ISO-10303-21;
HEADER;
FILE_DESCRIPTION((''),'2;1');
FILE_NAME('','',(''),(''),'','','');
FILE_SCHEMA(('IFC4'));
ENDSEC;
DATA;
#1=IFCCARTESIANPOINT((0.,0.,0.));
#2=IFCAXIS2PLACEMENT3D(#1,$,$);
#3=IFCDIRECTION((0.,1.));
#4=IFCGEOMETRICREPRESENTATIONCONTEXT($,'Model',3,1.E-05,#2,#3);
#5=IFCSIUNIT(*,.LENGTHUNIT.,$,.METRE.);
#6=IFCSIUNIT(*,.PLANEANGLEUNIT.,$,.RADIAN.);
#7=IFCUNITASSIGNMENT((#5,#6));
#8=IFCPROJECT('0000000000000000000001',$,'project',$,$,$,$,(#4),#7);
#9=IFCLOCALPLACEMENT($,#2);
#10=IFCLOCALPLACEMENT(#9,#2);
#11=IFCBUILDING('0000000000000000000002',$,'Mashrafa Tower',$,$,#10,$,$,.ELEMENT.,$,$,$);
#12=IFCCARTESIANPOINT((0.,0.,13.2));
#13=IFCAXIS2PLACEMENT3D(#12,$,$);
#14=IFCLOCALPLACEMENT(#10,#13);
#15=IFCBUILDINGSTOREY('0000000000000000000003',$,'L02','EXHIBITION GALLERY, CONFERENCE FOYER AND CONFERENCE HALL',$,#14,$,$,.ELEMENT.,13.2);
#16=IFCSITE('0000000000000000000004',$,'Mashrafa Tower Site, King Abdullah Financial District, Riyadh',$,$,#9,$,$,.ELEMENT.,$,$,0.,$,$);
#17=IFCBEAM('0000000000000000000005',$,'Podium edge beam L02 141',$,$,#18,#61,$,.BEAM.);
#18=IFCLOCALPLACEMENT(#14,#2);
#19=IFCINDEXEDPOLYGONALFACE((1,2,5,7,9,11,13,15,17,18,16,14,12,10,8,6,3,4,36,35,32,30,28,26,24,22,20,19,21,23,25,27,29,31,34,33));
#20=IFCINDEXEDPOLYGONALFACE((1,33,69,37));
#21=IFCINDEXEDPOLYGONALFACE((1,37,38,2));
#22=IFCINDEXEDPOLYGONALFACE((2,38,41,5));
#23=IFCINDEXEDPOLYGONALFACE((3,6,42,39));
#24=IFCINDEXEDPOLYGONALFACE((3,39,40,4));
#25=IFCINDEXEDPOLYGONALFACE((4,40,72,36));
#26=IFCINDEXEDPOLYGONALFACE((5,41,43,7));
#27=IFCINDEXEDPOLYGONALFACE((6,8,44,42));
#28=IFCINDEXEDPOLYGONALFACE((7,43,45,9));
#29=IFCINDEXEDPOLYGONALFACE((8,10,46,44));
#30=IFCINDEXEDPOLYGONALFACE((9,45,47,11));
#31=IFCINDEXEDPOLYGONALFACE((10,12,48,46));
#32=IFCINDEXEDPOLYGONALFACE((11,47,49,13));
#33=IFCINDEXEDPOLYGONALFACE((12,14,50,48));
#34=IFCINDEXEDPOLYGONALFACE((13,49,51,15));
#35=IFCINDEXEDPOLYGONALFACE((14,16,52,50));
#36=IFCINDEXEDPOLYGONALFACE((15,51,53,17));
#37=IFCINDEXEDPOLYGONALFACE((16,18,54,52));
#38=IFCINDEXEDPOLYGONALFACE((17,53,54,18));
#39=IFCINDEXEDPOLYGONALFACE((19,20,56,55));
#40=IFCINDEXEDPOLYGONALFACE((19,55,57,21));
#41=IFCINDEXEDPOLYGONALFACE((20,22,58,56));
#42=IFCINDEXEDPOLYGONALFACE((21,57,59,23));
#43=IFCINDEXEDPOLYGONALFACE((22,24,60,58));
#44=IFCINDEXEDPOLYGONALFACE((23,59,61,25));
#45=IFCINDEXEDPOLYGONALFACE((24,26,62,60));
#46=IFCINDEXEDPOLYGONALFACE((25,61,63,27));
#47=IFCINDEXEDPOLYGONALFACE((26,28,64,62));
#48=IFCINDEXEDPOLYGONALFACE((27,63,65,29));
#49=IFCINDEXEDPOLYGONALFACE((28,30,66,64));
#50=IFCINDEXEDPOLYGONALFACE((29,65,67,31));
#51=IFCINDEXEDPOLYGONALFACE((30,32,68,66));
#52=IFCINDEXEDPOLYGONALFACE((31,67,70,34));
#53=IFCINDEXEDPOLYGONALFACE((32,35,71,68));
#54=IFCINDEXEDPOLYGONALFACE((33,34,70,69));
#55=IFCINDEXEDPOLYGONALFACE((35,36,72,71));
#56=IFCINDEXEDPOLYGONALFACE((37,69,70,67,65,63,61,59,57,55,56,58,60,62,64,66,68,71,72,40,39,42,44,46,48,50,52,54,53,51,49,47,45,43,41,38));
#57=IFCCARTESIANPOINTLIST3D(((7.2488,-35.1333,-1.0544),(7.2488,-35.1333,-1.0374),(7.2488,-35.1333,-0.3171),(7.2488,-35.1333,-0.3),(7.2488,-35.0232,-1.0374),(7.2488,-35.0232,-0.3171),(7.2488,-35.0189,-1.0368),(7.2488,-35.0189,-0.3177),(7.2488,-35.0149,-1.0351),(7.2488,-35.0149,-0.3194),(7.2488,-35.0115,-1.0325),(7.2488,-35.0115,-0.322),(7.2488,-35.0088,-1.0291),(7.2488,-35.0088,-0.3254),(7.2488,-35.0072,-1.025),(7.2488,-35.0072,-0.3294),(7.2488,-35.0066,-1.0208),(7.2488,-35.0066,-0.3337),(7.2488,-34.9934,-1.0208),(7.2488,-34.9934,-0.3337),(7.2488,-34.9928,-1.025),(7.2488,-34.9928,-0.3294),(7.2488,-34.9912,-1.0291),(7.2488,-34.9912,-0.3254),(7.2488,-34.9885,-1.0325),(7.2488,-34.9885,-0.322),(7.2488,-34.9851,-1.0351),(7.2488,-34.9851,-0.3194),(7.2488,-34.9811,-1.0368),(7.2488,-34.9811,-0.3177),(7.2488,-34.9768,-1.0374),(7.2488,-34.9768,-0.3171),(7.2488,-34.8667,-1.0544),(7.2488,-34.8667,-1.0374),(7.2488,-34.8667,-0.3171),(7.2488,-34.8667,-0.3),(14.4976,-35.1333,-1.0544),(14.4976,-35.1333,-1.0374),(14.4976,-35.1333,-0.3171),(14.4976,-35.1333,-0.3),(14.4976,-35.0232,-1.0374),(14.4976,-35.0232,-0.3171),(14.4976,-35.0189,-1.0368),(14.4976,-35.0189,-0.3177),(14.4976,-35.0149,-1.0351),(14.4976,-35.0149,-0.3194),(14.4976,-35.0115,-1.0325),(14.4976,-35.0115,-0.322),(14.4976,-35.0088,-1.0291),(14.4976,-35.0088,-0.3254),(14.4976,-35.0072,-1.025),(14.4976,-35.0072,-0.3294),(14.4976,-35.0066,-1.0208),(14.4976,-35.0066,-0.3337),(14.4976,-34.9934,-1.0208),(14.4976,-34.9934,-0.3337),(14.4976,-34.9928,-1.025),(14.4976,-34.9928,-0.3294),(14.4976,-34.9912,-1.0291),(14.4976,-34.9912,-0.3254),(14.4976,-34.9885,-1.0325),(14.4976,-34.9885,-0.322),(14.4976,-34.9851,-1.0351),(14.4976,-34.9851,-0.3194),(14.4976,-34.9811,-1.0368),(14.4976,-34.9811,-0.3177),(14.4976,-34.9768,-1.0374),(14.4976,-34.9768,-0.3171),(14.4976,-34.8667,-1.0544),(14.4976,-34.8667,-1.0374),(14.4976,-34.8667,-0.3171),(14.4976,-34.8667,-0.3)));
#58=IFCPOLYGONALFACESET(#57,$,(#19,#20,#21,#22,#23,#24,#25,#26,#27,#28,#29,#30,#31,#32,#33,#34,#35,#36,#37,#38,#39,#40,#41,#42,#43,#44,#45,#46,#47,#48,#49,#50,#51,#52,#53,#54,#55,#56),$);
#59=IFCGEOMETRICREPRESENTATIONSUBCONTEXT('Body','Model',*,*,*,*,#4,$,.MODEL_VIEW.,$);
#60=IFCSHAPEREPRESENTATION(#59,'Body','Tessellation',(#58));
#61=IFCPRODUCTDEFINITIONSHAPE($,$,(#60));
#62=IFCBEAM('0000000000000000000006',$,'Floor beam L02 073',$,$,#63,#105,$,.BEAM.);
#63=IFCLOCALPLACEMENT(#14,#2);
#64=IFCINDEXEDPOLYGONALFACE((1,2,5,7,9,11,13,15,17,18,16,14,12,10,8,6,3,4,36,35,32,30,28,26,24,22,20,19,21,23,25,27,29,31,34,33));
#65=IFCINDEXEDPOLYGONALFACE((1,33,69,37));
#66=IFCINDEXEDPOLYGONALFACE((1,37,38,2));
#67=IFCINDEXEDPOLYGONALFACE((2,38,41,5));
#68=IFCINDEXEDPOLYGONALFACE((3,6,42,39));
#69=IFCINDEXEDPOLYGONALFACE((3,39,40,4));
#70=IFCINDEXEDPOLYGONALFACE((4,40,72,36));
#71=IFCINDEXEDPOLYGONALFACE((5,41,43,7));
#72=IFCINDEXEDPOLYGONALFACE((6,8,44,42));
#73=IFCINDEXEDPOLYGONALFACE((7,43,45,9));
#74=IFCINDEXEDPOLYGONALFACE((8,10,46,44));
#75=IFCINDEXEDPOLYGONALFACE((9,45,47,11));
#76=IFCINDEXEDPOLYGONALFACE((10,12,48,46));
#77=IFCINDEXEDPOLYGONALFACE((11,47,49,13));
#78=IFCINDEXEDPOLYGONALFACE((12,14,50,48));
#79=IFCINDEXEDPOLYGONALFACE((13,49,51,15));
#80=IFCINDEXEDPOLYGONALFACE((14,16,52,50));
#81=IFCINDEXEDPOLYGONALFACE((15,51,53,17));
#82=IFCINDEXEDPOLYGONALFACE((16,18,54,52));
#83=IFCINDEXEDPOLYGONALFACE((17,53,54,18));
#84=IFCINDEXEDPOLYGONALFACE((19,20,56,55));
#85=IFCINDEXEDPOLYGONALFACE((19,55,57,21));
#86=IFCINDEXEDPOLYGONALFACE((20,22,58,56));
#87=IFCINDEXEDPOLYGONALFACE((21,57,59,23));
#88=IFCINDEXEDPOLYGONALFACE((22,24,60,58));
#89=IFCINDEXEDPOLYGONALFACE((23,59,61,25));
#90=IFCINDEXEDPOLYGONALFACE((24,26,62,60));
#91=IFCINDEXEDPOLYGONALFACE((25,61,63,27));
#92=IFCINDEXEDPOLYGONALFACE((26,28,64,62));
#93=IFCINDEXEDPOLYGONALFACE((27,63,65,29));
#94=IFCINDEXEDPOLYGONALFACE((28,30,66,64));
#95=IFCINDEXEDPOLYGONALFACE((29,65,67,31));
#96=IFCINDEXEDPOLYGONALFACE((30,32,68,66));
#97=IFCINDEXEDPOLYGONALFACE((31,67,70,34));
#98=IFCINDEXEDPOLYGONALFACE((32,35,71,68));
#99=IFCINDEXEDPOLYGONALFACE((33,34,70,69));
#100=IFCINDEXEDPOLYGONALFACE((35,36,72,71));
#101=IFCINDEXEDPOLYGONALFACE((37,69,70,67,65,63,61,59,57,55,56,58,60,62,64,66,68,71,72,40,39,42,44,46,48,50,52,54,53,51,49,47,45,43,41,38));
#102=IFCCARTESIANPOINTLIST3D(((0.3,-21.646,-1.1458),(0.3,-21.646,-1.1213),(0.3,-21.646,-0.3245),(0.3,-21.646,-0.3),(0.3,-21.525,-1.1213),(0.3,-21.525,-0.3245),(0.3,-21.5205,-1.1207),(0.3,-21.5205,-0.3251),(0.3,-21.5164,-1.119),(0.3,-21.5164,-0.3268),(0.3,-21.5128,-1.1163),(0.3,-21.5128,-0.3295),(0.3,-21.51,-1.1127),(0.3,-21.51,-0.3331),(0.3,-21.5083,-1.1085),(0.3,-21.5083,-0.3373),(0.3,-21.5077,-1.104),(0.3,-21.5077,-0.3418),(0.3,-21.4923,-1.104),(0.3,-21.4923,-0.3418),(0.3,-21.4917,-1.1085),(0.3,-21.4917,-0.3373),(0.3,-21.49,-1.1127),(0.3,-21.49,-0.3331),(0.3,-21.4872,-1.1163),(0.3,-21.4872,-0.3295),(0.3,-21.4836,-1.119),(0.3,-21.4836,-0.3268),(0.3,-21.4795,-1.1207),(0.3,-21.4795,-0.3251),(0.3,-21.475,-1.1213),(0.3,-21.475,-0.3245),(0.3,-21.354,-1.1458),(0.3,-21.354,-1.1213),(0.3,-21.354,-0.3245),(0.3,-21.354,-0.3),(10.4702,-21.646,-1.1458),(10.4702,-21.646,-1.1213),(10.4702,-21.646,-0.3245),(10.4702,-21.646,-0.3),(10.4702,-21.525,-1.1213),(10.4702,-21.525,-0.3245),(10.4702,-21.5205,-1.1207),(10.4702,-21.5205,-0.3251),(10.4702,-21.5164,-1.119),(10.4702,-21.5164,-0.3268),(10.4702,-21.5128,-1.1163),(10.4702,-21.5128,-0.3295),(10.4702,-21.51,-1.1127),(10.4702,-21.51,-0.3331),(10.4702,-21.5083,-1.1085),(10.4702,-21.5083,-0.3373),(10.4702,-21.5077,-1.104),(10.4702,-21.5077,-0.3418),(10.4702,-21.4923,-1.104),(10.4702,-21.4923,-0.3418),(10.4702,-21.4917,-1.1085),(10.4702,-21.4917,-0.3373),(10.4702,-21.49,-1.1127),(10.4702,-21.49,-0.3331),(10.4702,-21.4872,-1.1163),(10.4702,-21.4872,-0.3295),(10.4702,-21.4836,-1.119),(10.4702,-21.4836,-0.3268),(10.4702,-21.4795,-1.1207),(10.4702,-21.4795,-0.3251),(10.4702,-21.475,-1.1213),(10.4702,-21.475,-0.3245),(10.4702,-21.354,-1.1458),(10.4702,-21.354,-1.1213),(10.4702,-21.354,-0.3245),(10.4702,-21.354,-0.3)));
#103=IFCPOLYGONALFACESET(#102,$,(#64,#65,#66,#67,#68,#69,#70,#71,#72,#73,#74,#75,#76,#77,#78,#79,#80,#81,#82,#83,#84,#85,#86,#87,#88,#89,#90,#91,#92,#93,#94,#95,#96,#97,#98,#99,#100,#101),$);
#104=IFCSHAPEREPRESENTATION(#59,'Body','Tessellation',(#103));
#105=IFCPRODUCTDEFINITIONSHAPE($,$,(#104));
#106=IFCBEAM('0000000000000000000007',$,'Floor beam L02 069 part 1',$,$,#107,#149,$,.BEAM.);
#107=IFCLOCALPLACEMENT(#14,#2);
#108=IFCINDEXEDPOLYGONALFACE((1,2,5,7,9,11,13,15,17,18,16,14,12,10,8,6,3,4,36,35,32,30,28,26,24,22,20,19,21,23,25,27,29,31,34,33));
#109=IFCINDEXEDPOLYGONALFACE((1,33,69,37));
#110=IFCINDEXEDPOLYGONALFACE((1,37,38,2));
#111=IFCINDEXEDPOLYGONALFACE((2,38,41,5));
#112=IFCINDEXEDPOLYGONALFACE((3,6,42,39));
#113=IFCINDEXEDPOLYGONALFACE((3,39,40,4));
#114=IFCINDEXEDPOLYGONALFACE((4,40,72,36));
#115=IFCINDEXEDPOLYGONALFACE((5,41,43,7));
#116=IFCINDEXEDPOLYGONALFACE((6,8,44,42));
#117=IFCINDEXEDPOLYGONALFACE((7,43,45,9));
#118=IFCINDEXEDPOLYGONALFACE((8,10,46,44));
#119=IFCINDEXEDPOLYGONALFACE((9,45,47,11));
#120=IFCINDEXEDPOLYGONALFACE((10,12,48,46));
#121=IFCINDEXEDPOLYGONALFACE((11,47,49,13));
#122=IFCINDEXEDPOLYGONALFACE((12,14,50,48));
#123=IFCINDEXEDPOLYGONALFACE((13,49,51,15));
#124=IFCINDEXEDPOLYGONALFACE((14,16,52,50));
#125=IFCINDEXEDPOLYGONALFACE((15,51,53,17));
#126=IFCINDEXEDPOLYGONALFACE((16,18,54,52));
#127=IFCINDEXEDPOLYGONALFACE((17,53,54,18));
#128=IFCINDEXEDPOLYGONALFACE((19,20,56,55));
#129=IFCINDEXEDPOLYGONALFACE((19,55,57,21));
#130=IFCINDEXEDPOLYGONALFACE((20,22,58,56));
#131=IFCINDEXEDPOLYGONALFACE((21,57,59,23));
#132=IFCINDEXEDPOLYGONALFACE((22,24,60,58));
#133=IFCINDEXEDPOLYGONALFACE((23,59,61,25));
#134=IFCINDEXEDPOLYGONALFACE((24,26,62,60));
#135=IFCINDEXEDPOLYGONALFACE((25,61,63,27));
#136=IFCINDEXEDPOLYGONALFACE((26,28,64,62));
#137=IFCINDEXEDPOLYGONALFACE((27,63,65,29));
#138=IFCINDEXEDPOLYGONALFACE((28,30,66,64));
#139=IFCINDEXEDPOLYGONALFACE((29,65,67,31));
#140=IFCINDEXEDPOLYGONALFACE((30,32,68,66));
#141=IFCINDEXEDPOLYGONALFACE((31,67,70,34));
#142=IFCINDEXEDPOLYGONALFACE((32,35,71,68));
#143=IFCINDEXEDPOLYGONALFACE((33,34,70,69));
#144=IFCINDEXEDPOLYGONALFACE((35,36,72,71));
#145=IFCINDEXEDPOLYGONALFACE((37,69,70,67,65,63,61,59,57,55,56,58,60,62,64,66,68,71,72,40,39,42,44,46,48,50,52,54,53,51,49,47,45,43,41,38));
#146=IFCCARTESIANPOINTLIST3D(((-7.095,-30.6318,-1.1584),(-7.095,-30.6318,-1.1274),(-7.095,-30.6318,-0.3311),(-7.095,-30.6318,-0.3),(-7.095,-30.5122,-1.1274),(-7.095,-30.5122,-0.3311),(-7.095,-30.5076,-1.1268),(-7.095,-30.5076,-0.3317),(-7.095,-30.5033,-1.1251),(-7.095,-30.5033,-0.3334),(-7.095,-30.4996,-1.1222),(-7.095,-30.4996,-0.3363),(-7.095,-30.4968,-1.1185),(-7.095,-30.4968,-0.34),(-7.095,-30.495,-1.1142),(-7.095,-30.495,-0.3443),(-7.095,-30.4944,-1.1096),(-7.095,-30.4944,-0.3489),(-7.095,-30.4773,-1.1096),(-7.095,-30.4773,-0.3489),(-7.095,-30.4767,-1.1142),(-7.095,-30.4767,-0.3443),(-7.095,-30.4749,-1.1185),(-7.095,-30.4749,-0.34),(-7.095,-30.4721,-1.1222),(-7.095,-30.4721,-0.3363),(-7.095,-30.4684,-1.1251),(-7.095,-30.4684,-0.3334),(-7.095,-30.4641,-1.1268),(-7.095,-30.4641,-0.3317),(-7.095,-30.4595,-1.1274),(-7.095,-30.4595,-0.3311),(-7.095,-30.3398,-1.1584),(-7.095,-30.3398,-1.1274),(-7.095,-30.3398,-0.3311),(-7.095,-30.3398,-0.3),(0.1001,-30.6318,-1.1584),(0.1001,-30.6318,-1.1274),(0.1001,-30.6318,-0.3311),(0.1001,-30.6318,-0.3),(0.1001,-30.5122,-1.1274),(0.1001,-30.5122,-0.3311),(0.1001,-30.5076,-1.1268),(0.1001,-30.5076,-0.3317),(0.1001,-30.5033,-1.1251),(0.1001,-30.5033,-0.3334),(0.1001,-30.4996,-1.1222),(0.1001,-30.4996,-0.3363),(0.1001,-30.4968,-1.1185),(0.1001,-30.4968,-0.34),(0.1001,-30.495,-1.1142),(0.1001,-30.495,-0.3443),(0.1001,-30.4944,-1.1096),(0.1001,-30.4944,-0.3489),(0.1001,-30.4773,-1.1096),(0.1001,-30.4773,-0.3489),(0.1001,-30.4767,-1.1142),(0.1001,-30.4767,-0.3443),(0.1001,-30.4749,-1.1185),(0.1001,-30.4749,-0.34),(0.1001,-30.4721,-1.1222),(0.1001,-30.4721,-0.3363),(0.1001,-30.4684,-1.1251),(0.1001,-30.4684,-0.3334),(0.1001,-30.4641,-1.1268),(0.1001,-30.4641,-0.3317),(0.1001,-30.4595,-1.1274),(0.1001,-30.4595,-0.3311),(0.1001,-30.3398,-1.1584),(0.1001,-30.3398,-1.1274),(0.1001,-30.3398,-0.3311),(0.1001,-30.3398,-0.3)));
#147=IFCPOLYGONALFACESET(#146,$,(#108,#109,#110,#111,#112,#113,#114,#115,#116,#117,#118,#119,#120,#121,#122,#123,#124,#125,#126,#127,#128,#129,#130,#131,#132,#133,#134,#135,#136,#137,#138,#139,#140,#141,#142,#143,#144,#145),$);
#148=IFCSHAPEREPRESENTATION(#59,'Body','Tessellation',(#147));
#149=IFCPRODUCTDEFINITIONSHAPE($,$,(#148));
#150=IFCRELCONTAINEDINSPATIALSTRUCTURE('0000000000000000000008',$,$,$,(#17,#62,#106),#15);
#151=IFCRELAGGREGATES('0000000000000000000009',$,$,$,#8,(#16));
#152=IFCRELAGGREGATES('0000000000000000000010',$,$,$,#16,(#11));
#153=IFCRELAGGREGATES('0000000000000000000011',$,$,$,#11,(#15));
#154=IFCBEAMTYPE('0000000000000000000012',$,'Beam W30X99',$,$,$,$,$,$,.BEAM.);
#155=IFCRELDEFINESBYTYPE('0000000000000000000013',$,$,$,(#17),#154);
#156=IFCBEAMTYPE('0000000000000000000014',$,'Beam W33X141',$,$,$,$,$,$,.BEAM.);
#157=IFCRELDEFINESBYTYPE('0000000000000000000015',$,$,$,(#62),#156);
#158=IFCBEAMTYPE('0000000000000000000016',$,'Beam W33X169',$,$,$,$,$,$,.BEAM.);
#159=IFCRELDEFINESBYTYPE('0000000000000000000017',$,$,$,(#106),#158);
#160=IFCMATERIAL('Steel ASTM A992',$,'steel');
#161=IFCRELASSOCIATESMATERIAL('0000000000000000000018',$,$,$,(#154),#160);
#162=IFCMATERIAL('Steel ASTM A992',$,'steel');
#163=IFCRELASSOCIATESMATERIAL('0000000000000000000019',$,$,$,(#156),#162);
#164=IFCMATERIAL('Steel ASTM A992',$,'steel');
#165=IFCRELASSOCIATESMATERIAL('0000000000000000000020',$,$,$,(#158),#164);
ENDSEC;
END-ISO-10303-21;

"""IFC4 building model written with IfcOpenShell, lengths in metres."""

from ifc_helpers import new_model, si_unit, direction, frame, origin, origin_2d, place, context, subcontext, project, spatial, i_section, extrude, material, material_profile, profile_set, type_object, element, save


model = new_model("IFC4")

# Units and contexts
model_context = context("Model", 3, precision=1e-05, world=origin(), true_north=direction((0.0, 1.0)))
body_context = subcontext(model_context, "Body", "Model", "MODEL_VIEW")
ifc_project = project(units=[si_unit("LENGTHUNIT", "METRE"), si_unit("PLANEANGLEUNIT", "RADIAN")], contexts=[model_context])

# Site, building, storey
site_placement = place(None, origin())
site = spatial("IfcSite", under=ifc_project, at=site_placement, Name="Mashrafa Tower Site, King Abdullah Financial District, Riyadh", CompositionType="ELEMENT", RefElevation=0.0)
building_placement = place(site_placement, origin())
building = spatial("IfcBuilding", under=site, at=building_placement, Name="Mashrafa Tower", CompositionType="ELEMENT")
storey_placement = place(building_placement, frame((0.0, 0.0, 13.2)))
storey = spatial("IfcBuildingStorey", under=building, at=storey_placement, Name="L02", Description="EXHIBITION GALLERY, CONFERENCE FOYER AND CONFERENCE HALL", CompositionType="ELEMENT", Elevation=13.2)

# Beams
ifc_material_1 = material(Name="Steel ASTM A992", Category="steel")
ifc_material_profile_1 = material_profile(ifc_material_1, i_section(OverallWidth=0.2666, OverallDepth=0.7544, WebThickness=0.0132, FlangeThickness=0.0171, FilletRadius=0.0166, at=origin_2d()), Name="W30X99")
ifc_profile_set_1 = profile_set([ifc_material_profile_1], Name="Steel ASTM A992")
beam_type_1 = type_object("IfcBeamType", Name="Beam W30X99", PredefinedType="BEAM", material=ifc_profile_set_1)
beam_1_placement = place(storey_placement, frame((7.2488, -35.0, -0.6772), z_axis=(1.0, 0.0, 0.0), x_axis=(0.0, 1.0, 0.0)))
element("IfcBeam", 1, at=beam_1_placement, inside=storey, type_object=beam_type_1, Name="Podium edge beam L02 141", PredefinedType="BEAM", context=body_context, shape_type="SweptSolid", body=[
    extrude(i_section(OverallWidth=0.2666, OverallDepth=0.7544, WebThickness=0.0132, FlangeThickness=0.0171, FilletRadius=0.0166, at=origin_2d()), origin(), (0.0, 0.0, 1.0), 7.2488),
])
ifc_material_2 = material(Name="Steel ASTM A992", Category="steel")
ifc_material_profile_2 = material_profile(ifc_material_2, i_section(OverallWidth=0.292, OverallDepth=0.8457, WebThickness=0.0154, FlangeThickness=0.0244, FilletRadius=0.0173, at=origin_2d()), Name="W33X141")
ifc_profile_set_2 = profile_set([ifc_material_profile_2], Name="Steel ASTM A992")
beam_type_2 = type_object("IfcBeamType", Name="Beam W33X141", PredefinedType="BEAM", material=ifc_profile_set_2)
beam_2_placement = place(storey_placement, frame((10.4702, -21.5, -0.7229), z_axis=(-1.0, 0.0, 0.0), x_axis=(0.0, -1.0, 0.0)))
element("IfcBeam", 2, at=beam_2_placement, inside=storey, type_object=beam_type_2, Name="Floor beam L02 073", PredefinedType="BEAM", context=body_context, shape_type="SweptSolid", body=[
    extrude(i_section(OverallWidth=0.292, OverallDepth=0.8457, WebThickness=0.0154, FlangeThickness=0.0244, FilletRadius=0.0173, at=origin_2d()), origin(), (0.0, 0.0, 1.0), 10.1702),
])
ifc_material_3 = material(Name="Steel ASTM A992", Category="steel")
ifc_material_profile_3 = material_profile(ifc_material_3, i_section(OverallWidth=0.292, OverallDepth=0.8584, WebThickness=0.0171, FlangeThickness=0.031, FilletRadius=0.0178, at=origin_2d()), Name="W33X169")
ifc_profile_set_3 = profile_set([ifc_material_profile_3], Name="Steel ASTM A992")
beam_type_3 = type_object("IfcBeamType", Name="Beam W33X169", PredefinedType="BEAM", material=ifc_profile_set_3)
beam_3_placement = place(storey_placement, frame((0.1001, -30.4858, -0.7292), z_axis=(-1.0, 0.0, 0.0), x_axis=(0.0, -1.0, 0.0)))
element("IfcBeam", 3, at=beam_3_placement, inside=storey, type_object=beam_type_3, Name="Floor beam L02 069 part 1", PredefinedType="BEAM", context=body_context, shape_type="SweptSolid", body=[
    extrude(i_section(OverallWidth=0.292, OverallDepth=0.8584, WebThickness=0.0171, FlangeThickness=0.031, FilletRadius=0.0178, at=origin_2d()), origin(), (0.0, 0.0, 1.0), 7.1951),
])

save(model, "model.ifc")
